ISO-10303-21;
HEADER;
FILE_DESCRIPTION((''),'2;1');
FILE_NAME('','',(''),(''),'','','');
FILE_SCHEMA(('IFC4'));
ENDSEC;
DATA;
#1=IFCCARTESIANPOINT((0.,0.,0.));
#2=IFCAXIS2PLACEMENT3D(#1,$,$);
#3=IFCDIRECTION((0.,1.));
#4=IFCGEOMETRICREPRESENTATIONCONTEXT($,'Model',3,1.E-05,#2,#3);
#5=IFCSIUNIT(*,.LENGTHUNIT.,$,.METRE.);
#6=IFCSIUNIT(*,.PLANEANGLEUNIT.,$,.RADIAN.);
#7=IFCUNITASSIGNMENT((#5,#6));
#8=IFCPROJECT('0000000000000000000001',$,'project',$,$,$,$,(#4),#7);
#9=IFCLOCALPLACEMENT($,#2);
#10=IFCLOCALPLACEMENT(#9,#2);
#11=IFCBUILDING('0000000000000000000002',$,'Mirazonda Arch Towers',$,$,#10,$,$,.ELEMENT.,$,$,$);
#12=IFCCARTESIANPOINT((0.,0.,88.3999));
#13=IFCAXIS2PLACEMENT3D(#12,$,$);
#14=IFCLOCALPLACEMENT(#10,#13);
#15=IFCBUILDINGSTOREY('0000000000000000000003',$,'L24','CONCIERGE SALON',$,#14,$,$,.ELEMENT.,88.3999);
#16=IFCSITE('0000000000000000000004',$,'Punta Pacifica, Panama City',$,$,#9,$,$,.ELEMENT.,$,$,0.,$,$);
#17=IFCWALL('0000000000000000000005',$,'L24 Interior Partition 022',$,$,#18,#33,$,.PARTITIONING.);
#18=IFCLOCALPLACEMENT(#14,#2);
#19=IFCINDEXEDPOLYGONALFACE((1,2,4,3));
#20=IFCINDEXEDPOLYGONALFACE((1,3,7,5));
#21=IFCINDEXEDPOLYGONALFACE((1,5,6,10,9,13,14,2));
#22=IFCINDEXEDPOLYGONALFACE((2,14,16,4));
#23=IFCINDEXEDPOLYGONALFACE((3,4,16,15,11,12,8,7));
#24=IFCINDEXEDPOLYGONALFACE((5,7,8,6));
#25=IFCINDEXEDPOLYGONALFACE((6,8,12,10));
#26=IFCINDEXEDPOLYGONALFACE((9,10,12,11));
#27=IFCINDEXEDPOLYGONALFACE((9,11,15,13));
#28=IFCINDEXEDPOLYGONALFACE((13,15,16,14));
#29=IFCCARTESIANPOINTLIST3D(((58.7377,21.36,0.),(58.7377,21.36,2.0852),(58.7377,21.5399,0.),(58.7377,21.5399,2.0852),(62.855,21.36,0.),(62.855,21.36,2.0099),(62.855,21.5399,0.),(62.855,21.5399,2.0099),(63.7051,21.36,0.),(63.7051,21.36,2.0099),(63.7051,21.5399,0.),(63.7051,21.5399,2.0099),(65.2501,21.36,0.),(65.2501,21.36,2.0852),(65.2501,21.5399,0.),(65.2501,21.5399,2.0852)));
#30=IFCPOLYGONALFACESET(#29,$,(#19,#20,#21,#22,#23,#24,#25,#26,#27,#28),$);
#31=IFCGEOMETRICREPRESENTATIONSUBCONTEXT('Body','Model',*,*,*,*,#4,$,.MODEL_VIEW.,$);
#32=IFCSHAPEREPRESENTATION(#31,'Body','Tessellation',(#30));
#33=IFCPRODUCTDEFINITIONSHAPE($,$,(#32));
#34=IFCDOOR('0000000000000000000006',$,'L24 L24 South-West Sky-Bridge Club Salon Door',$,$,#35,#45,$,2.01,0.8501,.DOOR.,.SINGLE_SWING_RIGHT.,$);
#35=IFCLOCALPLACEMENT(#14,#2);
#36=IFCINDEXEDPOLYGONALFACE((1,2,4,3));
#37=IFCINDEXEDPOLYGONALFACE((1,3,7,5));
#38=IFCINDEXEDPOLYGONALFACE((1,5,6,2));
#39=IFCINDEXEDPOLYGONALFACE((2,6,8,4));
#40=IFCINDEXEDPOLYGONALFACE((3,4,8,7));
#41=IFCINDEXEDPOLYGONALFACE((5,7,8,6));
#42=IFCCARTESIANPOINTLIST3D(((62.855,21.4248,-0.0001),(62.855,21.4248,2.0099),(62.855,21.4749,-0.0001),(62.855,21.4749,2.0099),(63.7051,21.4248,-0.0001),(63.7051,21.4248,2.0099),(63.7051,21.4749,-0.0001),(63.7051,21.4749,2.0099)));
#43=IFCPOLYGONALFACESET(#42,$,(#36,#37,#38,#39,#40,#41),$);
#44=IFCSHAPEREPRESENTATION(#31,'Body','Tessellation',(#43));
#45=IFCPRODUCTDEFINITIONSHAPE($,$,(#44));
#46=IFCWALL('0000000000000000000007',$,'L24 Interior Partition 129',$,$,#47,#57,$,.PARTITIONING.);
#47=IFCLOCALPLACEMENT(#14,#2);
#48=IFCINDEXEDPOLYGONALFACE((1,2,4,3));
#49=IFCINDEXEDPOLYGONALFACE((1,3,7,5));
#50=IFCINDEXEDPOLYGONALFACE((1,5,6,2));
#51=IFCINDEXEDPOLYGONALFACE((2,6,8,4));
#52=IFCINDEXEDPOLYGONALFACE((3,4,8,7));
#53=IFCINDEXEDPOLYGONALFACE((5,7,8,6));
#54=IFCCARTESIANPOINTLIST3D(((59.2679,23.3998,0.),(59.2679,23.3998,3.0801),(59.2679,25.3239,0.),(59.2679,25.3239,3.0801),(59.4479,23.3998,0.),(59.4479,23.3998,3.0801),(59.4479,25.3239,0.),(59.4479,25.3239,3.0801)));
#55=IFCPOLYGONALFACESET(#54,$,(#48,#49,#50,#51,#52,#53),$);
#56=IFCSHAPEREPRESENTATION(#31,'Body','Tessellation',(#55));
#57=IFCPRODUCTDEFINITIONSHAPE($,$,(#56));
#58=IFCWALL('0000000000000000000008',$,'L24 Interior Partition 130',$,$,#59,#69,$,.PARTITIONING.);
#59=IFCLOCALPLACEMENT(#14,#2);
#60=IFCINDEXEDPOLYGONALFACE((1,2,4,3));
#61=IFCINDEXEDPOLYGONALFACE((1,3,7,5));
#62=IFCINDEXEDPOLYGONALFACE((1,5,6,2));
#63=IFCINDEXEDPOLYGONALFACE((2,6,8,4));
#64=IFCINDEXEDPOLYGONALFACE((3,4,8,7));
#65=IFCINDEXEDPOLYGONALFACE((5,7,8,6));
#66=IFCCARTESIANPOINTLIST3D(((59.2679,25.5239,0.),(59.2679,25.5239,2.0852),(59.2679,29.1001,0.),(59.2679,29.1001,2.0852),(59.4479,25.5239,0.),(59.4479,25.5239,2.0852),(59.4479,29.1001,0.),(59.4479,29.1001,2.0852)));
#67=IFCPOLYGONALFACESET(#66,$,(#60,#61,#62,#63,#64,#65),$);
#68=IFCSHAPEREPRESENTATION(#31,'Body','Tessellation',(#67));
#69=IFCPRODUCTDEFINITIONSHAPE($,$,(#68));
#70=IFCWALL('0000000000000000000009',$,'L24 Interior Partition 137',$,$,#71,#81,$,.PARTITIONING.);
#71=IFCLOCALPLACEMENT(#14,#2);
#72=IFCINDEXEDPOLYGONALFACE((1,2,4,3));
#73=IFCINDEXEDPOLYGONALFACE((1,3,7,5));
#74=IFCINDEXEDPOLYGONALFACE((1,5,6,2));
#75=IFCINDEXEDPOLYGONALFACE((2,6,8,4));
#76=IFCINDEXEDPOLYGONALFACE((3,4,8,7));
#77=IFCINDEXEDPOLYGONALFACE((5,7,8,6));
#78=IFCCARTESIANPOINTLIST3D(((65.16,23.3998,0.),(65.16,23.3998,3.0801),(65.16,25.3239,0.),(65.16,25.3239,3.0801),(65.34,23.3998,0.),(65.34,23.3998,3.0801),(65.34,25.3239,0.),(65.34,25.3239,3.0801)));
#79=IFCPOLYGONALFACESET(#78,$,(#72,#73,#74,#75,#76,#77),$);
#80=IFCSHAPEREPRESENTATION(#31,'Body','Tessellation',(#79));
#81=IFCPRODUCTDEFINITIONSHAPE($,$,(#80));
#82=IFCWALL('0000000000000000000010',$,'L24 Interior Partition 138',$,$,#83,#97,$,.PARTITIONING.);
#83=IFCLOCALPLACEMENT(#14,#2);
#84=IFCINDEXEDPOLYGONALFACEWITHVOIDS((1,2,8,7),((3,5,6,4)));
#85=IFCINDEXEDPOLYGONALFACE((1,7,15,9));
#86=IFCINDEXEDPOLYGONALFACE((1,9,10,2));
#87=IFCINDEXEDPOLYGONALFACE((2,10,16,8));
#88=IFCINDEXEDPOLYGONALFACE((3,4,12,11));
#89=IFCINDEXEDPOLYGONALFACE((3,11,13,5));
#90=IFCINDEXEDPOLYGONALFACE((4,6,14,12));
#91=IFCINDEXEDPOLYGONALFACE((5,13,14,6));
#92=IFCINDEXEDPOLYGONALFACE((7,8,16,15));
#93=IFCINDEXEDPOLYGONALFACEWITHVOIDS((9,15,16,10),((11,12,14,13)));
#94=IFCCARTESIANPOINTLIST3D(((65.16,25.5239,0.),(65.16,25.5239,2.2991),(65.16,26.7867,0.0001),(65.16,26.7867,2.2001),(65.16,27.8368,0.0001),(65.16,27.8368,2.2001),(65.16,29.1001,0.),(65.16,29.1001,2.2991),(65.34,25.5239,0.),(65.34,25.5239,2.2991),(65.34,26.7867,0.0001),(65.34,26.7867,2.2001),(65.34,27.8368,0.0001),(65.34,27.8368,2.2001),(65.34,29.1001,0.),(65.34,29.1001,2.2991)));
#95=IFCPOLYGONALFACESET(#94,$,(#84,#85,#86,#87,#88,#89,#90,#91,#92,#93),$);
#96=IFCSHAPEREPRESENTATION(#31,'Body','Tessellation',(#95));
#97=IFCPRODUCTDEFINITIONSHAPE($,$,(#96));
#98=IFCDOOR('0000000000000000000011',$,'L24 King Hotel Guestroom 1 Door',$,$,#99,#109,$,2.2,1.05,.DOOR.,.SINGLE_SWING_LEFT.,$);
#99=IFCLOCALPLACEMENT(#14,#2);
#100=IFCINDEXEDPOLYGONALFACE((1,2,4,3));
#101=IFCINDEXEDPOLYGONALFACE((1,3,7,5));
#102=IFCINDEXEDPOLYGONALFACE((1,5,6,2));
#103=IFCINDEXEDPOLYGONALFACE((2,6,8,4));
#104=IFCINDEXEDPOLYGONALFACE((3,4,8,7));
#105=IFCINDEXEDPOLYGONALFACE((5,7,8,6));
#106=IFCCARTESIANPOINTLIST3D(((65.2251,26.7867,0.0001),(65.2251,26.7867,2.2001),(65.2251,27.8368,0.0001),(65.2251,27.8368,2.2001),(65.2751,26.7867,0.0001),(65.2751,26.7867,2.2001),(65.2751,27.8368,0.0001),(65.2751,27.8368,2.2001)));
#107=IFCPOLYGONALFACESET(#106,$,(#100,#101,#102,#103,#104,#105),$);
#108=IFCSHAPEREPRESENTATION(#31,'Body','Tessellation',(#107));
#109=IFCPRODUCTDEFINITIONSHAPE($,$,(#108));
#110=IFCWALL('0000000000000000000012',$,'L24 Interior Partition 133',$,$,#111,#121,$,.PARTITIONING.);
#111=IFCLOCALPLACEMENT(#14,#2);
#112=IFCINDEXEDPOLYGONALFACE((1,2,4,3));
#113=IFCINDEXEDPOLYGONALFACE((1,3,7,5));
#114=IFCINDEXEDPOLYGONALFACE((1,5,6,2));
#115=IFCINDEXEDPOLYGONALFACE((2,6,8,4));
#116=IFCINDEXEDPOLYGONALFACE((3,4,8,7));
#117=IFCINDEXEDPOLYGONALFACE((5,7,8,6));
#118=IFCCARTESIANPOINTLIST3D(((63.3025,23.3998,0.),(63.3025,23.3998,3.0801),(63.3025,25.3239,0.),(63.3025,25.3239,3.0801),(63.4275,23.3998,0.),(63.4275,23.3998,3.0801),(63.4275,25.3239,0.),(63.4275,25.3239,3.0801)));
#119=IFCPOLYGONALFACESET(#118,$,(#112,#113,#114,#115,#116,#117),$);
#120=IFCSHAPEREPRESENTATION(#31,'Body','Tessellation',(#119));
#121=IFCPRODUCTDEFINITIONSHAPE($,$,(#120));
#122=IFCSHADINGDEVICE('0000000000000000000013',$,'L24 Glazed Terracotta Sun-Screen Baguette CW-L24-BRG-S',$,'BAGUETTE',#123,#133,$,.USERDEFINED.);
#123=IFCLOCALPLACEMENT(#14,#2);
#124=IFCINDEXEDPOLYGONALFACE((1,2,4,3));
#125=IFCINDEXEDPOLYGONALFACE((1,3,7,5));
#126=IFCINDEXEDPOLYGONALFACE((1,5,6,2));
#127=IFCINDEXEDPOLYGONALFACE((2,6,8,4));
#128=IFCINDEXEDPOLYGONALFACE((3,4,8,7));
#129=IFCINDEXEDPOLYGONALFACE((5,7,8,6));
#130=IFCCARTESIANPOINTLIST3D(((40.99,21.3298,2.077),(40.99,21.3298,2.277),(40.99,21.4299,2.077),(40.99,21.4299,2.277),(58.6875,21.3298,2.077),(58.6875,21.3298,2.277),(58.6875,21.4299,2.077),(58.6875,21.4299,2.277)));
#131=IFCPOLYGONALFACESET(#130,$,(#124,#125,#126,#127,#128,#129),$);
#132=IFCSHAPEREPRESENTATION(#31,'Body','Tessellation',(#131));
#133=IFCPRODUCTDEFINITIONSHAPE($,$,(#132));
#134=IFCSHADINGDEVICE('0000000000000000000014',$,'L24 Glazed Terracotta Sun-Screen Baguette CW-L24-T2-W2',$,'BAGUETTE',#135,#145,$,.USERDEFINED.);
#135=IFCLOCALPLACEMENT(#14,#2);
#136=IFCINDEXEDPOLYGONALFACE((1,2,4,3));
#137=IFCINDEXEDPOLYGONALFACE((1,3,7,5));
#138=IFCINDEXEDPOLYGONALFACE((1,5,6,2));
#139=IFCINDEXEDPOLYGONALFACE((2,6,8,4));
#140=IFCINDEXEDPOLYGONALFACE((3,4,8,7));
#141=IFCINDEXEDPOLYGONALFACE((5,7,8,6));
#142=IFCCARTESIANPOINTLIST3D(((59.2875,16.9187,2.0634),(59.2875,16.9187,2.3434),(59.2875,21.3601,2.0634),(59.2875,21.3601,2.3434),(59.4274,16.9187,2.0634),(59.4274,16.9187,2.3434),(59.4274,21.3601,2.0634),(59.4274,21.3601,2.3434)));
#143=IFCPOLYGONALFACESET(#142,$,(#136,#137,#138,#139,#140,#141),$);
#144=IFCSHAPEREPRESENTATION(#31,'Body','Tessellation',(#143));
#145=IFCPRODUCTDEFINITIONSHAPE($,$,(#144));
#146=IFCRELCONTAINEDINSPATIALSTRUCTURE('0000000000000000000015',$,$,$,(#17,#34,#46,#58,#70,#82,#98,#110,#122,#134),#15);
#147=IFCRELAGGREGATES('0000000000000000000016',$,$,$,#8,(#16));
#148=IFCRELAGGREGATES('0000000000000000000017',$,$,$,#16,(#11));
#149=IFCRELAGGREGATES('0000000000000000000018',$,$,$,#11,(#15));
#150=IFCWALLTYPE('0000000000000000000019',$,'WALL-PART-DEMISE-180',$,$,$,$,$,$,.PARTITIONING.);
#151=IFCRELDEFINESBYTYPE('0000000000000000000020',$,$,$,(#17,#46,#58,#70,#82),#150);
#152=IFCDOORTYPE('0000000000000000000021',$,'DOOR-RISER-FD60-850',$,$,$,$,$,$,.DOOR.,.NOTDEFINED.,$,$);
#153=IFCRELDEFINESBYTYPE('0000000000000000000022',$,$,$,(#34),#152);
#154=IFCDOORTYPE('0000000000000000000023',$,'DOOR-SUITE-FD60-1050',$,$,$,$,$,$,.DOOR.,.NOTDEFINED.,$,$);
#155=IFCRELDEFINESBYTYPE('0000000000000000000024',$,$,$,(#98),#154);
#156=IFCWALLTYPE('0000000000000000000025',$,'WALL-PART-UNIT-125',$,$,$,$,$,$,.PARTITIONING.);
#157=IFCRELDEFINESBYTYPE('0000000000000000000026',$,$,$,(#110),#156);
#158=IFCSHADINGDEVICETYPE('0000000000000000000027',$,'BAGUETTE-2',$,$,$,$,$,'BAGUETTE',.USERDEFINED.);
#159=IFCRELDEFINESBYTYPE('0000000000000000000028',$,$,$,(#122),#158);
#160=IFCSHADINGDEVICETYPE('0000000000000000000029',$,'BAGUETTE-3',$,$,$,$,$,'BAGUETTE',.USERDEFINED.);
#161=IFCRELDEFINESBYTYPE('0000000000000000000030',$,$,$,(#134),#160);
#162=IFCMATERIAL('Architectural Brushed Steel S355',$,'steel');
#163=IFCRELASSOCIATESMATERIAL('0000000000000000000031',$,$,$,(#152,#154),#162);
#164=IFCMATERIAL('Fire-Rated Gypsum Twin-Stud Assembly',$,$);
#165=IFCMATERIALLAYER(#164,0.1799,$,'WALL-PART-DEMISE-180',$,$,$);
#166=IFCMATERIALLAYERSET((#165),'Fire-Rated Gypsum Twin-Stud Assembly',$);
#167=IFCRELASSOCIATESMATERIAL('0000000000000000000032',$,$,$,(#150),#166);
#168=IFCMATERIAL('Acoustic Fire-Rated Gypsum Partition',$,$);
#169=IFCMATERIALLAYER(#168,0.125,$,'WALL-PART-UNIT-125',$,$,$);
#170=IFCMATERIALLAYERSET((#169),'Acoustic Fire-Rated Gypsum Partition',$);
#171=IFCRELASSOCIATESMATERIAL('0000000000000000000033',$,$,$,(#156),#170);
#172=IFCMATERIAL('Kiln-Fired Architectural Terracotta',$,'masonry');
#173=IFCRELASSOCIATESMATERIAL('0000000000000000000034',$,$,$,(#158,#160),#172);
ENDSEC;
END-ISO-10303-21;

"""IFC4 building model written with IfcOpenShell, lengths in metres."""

from ifc_helpers import new_model, si_unit, direction, frame, frame_2d, origin, origin_2d, place, context, subcontext, project, spatial, rectangle, extrude, material, layer, layer_set, material_profile, profile_set, type_object, element, fill, save


model = new_model("IFC4")

# Units and contexts
model_context = context("Model", 3, precision=1e-05, world=origin(), true_north=direction((0.0, 1.0)))
body_context = subcontext(model_context, "Body", "Model", "MODEL_VIEW")
ifc_project = project(units=[si_unit("LENGTHUNIT", "METRE"), si_unit("PLANEANGLEUNIT", "RADIAN")], contexts=[model_context])

# Site, building, storey
site_placement = place(None, origin())
site = spatial("IfcSite", under=ifc_project, at=site_placement, Name="Punta Pacifica, Panama City", CompositionType="ELEMENT", RefElevation=0.0)
building_placement = place(site_placement, origin())
building = spatial("IfcBuilding", under=site, at=building_placement, Name="Mirazonda Arch Towers", CompositionType="ELEMENT")
storey_placement = place(building_placement, frame((0.0, 0.0, 88.3999)))
storey = spatial("IfcBuildingStorey", under=building, at=storey_placement, Name="L24", Description="CONCIERGE SALON", CompositionType="ELEMENT", Elevation=88.3999)

# Shared definitions
ifc_material_1 = material(Name="Architectural Brushed Steel S355", Category="steel")
door_type_1 = type_object("IfcDoorType", Name="DOOR-RISER-FD60-850", OperationType="NOTDEFINED", PredefinedType="DOOR", material=ifc_material_1)

# Wall, opening, door
ifc_material_2 = material(Name="Fire-Rated Gypsum Twin-Stud Assembly")
ifc_layer_1 = layer(ifc_material_2, 0.1799, Name="WALL-PART-DEMISE-180")
ifc_layer_set_1 = layer_set([ifc_layer_1], Name="Fire-Rated Gypsum Twin-Stud Assembly")
wall_type_1 = type_object("IfcWallType", Name="WALL-PART-DEMISE-180", PredefinedType="PARTITIONING", material=ifc_layer_set_1)
wall_1_placement = place(storey_placement, frame((58.7375, 21.45, 0.0), z_axis=(0.0, 0.0, 1.0), x_axis=(1.0, 0.0, 0.0)))
wall_1 = element("IfcWall", 1, at=wall_1_placement, inside=storey, type_object=wall_type_1, Name="L24 Interior Partition 022", PredefinedType="PARTITIONING", context=body_context, shape_type="SweptSolid", body=[
    extrude(rectangle(XDim=6.5125, YDim=0.1799, at=frame_2d((3.2563, 0.0))), origin(), (0.0, 0.0, 1.0), 2.0852),
])
opening_1_placement = place(wall_1_placement, frame((4.1174, 0.0, 0.0)))
opening_1 = element("IfcOpeningElement", 2, at=opening_1_placement, cuts=wall_1, PredefinedType="OPENING", context=body_context, shape_type="SweptSolid", body=[
    extrude(rectangle(XDim=0.8501, YDim=2.01, at=frame_2d((0.425, 1.0049))), frame((0.0, 0.0999, 0.0), z_axis=(0.0, -1.0, 0.0), x_axis=(1.0, 0.0, 0.0)), (0.0, 0.0, 1.0), 0.2),
])
door_1_placement = place(opening_1_placement, origin())
door_1 = element("IfcDoor", 3, at=door_1_placement, inside=storey, type_object=door_type_1, Name="L24 L24 South-West Sky-Bridge Club Salon Door", OperationType="SINGLE_SWING_RIGHT", OverallHeight=2.01, OverallWidth=0.8501, PredefinedType="DOOR", context=body_context, shape_type="SweptSolid", body=[
    extrude(rectangle(XDim=0.8501, YDim=2.01, at=frame_2d((0.425, 1.0049))), frame((0.0, 0.0249, 0.0), z_axis=(0.0, -1.0, 0.0), x_axis=(1.0, 0.0, 0.0)), (0.0, 0.0, 1.0), 0.05),
])
fill(opening_1, door_1)

# Walls
wall_2_placement = place(storey_placement, frame((59.3579, 23.3999, 0.0), z_axis=(0.0, 0.0, 1.0), x_axis=(0.0, 1.0, 0.0)))
element("IfcWall", 4, at=wall_2_placement, inside=storey, type_object=wall_type_1, Name="L24 Interior Partition 129", PredefinedType="PARTITIONING", context=body_context, shape_type="SweptSolid", body=[
    extrude(rectangle(XDim=1.9241, YDim=0.1799, at=frame_2d((0.9619, 0.0))), origin(), (0.0, 0.0, 1.0), 3.0801),
])
wall_3_placement = place(storey_placement, frame((59.3579, 25.5239, 0.0), z_axis=(0.0, 0.0, 1.0), x_axis=(0.0, 1.0, 0.0)))
element("IfcWall", 5, at=wall_3_placement, inside=storey, type_object=wall_type_1, Name="L24 Interior Partition 130", PredefinedType="PARTITIONING", context=body_context, shape_type="SweptSolid", body=[
    extrude(rectangle(XDim=3.5762, YDim=0.1799, at=frame_2d((1.7881, 0.0))), origin(), (0.0, 0.0, 1.0), 2.0852),
])
wall_4_placement = place(storey_placement, frame((65.25, 23.3999, 0.0), z_axis=(0.0, 0.0, 1.0), x_axis=(0.0, 1.0, 0.0)))
element("IfcWall", 6, at=wall_4_placement, inside=storey, type_object=wall_type_1, Name="L24 Interior Partition 137", PredefinedType="PARTITIONING", context=body_context, shape_type="SweptSolid", body=[
    extrude(rectangle(XDim=1.9241, YDim=0.1799, at=frame_2d((0.9619, 0.0))), origin(), (0.0, 0.0, 1.0), 3.0801),
])

# Wall, opening, door
wall_5_placement = place(storey_placement, frame((65.25, 25.5239, 0.0), z_axis=(0.0, 0.0, 1.0), x_axis=(0.0, 1.0, 0.0)))
wall_5 = element("IfcWall", 7, at=wall_5_placement, inside=storey, type_object=wall_type_1, Name="L24 Interior Partition 138", PredefinedType="PARTITIONING", context=body_context, shape_type="SweptSolid", body=[
    extrude(rectangle(XDim=3.5762, YDim=0.1799, at=frame_2d((1.7881, 0.0))), origin(), (0.0, 0.0, 1.0), 2.2991),
])
opening_2_placement = place(wall_5_placement, frame((1.2629, 0.0, 0.0)))
opening_2 = element("IfcOpeningElement", 8, at=opening_2_placement, cuts=wall_5, PredefinedType="OPENING", context=body_context, shape_type="SweptSolid", body=[
    extrude(rectangle(XDim=1.05, YDim=2.2, at=frame_2d((0.5249, 1.1001))), frame((0.0, 0.0999, 0.0), z_axis=(0.0, -1.0, 0.0), x_axis=(1.0, 0.0, 0.0)), (0.0, 0.0, 1.0), 0.2),
])
door_type_2 = type_object("IfcDoorType", Name="DOOR-SUITE-FD60-1050", OperationType="NOTDEFINED", PredefinedType="DOOR", material=ifc_material_1)
door_2_placement = place(opening_2_placement, origin())
door_2 = element("IfcDoor", 9, at=door_2_placement, inside=storey, type_object=door_type_2, Name="L24 King Hotel Guestroom 1 Door", OperationType="SINGLE_SWING_LEFT", OverallHeight=2.2, OverallWidth=1.05, PredefinedType="DOOR", context=body_context, shape_type="SweptSolid", body=[
    extrude(rectangle(XDim=1.05, YDim=2.2, at=frame_2d((0.5249, 1.1001))), frame((0.0, 0.0249, 0.0), z_axis=(0.0, -1.0, 0.0), x_axis=(1.0, 0.0, 0.0)), (0.0, 0.0, 1.0), 0.05),
])
fill(opening_2, door_2)

# Wall
ifc_material_3 = material(Name="Acoustic Fire-Rated Gypsum Partition")
ifc_layer_2 = layer(ifc_material_3, 0.125, Name="WALL-PART-UNIT-125")
ifc_layer_set_2 = layer_set([ifc_layer_2], Name="Acoustic Fire-Rated Gypsum Partition")
wall_type_2 = type_object("IfcWallType", Name="WALL-PART-UNIT-125", PredefinedType="PARTITIONING", material=ifc_layer_set_2)
wall_6_placement = place(storey_placement, frame((63.365, 23.3999, 0.0), z_axis=(0.0, 0.0, 1.0), x_axis=(0.0, 1.0, 0.0)))
element("IfcWall", 10, at=wall_6_placement, inside=storey, type_object=wall_type_2, Name="L24 Interior Partition 133", PredefinedType="PARTITIONING", context=body_context, shape_type="SweptSolid", body=[
    extrude(rectangle(XDim=1.9241, YDim=0.125, at=frame_2d((0.9619, 0.0))), origin(), (0.0, 0.0, 1.0), 3.0801),
])

# Shading devices
ifc_material_4 = material(Name="Kiln-Fired Architectural Terracotta", Category="masonry")
ifc_material_profile_1 = material_profile(ifc_material_4, rectangle(XDim=0.1001, YDim=0.2, at=origin_2d()), Name="TERRA-BAG-100x200")
ifc_profile_set_1 = profile_set([ifc_material_profile_1], Name="Kiln-Fired Architectural Terracotta")
shading_device_type_1 = type_object("IfcShadingDeviceType", Name="BAGUETTE-2", ElementType="BAGUETTE", PredefinedType="USERDEFINED", material=ifc_profile_set_1)
shading_device_1_placement = place(storey_placement, frame((58.6875, 21.3799, 2.177), z_axis=(-1.0, 0.0, 0.0), x_axis=(0.0, -1.0, 0.0)))
element("IfcShadingDevice", 11, at=shading_device_1_placement, inside=storey, type_object=shading_device_type_1, Name="L24 Glazed Terracotta Sun-Screen Baguette CW-L24-BRG-S", ObjectType="BAGUETTE", PredefinedType="USERDEFINED", context=body_context, shape_type="SweptSolid", body=[
    extrude(rectangle(XDim=0.1001, YDim=0.2, at=origin_2d()), origin(), (0.0, 0.0, 1.0), 17.6975),
])
ifc_material_profile_2 = material_profile(ifc_material_4, rectangle(XDim=0.1399, YDim=0.28, at=origin_2d()), Name="TERRA-BAG-140x280")
ifc_profile_set_2 = profile_set([ifc_material_profile_2], Name="Kiln-Fired Architectural Terracotta")
shading_device_type_2 = type_object("IfcShadingDeviceType", Name="BAGUETTE-3", ElementType="BAGUETTE", PredefinedType="USERDEFINED", material=ifc_profile_set_2)
shading_device_2_placement = place(storey_placement, frame((59.3574, 21.3601, 2.2034), z_axis=(0.0, -1.0, 0.0), x_axis=(1.0, 0.0, 0.0)))
element("IfcShadingDevice", 12, at=shading_device_2_placement, inside=storey, type_object=shading_device_type_2, Name="L24 Glazed Terracotta Sun-Screen Baguette CW-L24-T2-W2", ObjectType="BAGUETTE", PredefinedType="USERDEFINED", context=body_context, shape_type="SweptSolid", body=[
    extrude(rectangle(XDim=0.1399, YDim=0.28, at=origin_2d()), origin(), (0.0, 0.0, 1.0), 4.4414),
])

save(model, "model.ifc")
